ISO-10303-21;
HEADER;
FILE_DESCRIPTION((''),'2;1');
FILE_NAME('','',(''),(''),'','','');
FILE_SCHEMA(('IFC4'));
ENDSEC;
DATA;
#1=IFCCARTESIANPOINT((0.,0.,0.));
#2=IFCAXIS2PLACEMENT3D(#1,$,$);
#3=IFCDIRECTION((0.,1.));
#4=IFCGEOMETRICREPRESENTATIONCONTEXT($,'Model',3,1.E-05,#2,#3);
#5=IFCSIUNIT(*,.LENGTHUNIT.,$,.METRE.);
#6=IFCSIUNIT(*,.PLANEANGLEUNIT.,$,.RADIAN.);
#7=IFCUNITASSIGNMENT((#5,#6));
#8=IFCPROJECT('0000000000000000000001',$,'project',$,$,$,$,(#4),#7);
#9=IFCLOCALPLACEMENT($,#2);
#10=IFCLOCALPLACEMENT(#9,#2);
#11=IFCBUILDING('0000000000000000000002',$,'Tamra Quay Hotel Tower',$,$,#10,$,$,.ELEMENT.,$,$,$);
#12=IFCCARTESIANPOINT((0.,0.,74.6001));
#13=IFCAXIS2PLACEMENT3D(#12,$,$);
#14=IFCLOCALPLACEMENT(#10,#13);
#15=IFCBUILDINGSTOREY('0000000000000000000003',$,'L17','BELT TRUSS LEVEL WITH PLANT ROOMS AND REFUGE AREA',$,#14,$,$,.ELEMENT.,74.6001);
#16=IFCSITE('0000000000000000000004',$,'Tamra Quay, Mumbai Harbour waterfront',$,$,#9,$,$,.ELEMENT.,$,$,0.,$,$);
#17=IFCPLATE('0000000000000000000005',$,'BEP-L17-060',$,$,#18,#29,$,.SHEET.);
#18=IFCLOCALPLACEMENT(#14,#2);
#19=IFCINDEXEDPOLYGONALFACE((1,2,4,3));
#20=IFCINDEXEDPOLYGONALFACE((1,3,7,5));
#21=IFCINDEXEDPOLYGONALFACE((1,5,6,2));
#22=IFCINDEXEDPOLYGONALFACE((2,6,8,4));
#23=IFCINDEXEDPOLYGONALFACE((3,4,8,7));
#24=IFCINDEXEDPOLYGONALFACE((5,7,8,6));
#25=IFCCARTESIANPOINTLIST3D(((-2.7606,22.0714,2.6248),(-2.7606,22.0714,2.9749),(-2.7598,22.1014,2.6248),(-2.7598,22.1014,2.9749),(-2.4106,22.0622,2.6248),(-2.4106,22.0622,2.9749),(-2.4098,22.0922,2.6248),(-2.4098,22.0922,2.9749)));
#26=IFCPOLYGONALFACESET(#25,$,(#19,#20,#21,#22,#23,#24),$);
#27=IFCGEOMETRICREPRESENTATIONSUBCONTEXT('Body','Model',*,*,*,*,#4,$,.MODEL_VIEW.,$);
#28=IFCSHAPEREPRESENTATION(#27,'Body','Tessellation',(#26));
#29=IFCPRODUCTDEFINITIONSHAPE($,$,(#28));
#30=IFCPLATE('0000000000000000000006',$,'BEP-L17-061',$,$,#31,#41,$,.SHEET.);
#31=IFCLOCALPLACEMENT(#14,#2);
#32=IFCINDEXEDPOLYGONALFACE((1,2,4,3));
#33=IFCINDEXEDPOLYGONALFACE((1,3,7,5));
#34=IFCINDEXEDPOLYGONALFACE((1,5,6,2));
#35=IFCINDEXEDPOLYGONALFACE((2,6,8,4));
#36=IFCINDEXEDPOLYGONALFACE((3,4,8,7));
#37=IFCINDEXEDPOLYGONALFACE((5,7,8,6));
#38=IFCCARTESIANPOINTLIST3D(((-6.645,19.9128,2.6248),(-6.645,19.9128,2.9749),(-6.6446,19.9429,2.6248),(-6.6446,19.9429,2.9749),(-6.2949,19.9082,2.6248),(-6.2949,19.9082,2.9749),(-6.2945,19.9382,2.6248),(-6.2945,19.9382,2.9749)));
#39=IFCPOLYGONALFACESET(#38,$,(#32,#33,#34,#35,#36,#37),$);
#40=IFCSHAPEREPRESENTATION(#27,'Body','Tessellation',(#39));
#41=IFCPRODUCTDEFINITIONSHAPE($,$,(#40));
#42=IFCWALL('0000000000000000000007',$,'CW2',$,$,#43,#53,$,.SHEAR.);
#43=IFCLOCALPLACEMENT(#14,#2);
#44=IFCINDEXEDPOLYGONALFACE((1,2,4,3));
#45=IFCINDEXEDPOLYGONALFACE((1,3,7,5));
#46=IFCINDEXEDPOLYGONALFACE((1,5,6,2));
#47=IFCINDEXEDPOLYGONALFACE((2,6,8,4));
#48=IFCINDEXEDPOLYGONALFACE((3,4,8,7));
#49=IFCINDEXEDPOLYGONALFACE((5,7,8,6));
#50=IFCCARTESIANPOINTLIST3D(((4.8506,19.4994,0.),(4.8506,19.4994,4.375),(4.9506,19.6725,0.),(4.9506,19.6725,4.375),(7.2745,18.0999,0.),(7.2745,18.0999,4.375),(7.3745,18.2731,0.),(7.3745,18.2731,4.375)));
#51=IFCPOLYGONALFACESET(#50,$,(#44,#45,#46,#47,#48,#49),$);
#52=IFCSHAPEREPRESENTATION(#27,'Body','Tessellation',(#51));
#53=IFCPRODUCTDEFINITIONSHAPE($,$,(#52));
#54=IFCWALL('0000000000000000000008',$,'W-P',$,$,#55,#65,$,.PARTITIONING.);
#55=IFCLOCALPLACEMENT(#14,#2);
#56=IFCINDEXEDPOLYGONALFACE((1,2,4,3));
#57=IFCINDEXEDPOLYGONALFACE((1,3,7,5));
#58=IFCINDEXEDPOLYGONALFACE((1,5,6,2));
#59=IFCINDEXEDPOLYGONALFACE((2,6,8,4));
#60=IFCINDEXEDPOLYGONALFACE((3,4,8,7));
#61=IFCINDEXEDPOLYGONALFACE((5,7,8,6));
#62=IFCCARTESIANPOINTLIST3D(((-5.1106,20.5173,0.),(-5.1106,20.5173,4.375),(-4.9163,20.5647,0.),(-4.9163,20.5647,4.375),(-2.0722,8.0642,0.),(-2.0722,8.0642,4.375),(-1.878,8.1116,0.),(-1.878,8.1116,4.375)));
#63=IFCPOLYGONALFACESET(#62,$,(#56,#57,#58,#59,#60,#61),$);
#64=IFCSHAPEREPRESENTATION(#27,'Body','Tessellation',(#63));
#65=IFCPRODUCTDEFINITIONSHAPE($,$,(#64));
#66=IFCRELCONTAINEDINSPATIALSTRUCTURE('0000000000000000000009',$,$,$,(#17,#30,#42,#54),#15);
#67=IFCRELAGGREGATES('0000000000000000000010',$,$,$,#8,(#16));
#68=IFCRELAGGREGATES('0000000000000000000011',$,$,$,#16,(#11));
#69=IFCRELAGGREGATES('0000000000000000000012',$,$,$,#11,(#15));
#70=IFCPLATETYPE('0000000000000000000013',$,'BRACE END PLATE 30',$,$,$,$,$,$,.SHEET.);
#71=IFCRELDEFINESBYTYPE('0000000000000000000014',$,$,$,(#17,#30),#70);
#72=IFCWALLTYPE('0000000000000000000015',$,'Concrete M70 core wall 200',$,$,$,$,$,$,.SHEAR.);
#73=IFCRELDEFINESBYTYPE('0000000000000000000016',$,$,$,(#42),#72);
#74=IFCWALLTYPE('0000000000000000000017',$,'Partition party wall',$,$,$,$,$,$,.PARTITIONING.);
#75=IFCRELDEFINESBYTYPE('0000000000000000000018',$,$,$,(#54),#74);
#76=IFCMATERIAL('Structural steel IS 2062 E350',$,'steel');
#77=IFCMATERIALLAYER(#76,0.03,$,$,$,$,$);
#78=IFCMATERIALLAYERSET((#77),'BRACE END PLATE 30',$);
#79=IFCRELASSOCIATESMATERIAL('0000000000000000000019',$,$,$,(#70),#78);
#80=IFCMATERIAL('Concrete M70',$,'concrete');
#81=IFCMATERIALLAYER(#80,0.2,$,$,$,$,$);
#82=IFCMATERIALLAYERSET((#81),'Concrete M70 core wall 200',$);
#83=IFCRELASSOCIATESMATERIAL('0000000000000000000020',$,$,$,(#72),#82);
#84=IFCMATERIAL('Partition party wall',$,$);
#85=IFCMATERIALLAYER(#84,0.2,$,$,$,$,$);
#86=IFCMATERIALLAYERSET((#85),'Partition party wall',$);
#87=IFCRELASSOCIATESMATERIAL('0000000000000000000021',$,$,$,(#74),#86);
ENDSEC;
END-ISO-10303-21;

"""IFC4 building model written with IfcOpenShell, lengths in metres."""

from ifc_helpers import new_model, si_unit, direction, frame, frame_2d, origin, origin_2d, place, context, subcontext, project, spatial, rectangle, extrude, material, layer, layer_set, type_object, element, save


model = new_model("IFC4")

# Units and contexts
model_context = context("Model", 3, precision=1e-05, world=origin(), true_north=direction((0.0, 1.0)))
body_context = subcontext(model_context, "Body", "Model", "MODEL_VIEW")
ifc_project = project(units=[si_unit("LENGTHUNIT", "METRE"), si_unit("PLANEANGLEUNIT", "RADIAN")], contexts=[model_context])

# Site, building, storey
site_placement = place(None, origin())
site = spatial("IfcSite", under=ifc_project, at=site_placement, Name="Tamra Quay, Mumbai Harbour waterfront", CompositionType="ELEMENT", RefElevation=0.0)
building_placement = place(site_placement, origin())
building = spatial("IfcBuilding", under=site, at=building_placement, Name="Tamra Quay Hotel Tower", CompositionType="ELEMENT")
storey_placement = place(building_placement, frame((0.0, 0.0, 74.6001)))
storey = spatial("IfcBuildingStorey", under=building, at=storey_placement, Name="L17", Description="BELT TRUSS LEVEL WITH PLANT ROOMS AND REFUGE AREA", CompositionType="ELEMENT", Elevation=74.6001)

# Shared definitions
ifc_material_1 = material(Name="Structural steel IS 2062 E350", Category="steel")

# Plates
ifc_layer_1 = layer(ifc_material_1, 0.03)
ifc_layer_set_1 = layer_set([ifc_layer_1], Name="BRACE END PLATE 30")
plate_type = type_object("IfcPlateType", Name="BRACE END PLATE 30", PredefinedType="SHEET", material=ifc_layer_set_1)
for number, where, z_axis, x_axis, name in (
    (1, (-2.5852, 22.0818, 2.6248), (0.0, 0.0, 1.0), (0.026259, 0.999655, 0.0), "BEP-L17-060"),
    (2, (-6.4697, 19.9255, 2.6248), (0.0, 0.0, 1.0), (0.013149, 0.999914, 0.0), "BEP-L17-061"),
):
    element("IfcPlate", number, at=place(storey_placement, frame(where, z_axis=z_axis, x_axis=x_axis)), inside=storey, type_object=plate_type, Name=name, PredefinedType="SHEET", context=body_context, shape_type="SweptSolid", body=[
        extrude(rectangle(XDim=0.03, YDim=0.3501, at=origin_2d()), origin(), (0.0, 0.0, 1.0), 0.3501),
    ])

# Walls
ifc_material_2 = material(Name="Concrete M70", Category="concrete")
ifc_layer_2 = layer(ifc_material_2, 0.2)
ifc_layer_set_2 = layer_set([ifc_layer_2], Name="Concrete M70 core wall 200")
wall_type_1 = type_object("IfcWallType", Name="Concrete M70 core wall 200", PredefinedType="SHEAR", material=ifc_layer_set_2)
wall_1_placement = place(storey_placement, frame((4.9006, 19.5859, 0.0), z_axis=(0.0, 0.0, 1.0), x_axis=(0.866023, -0.500004, 0.0)))
element("IfcWall", 3, at=wall_1_placement, inside=storey, type_object=wall_type_1, Name="CW2", PredefinedType="SHEAR", context=body_context, shape_type="SweptSolid", body=[
    extrude(rectangle(XDim=2.7988, YDim=0.2, at=frame_2d((1.3994, 0.0))), origin(), (0.0, 0.0, 1.0), 4.375),
])
ifc_material_3 = material(Name="Partition party wall")
ifc_layer_3 = layer(ifc_material_3, 0.2)
ifc_layer_set_3 = layer_set([ifc_layer_3], Name="Partition party wall")
wall_type_2 = type_object("IfcWallType", Name="Partition party wall", PredefinedType="PARTITIONING", material=ifc_layer_set_3)
wall_2_placement = place(storey_placement, frame((-5.0134, 20.541, 0.0), z_axis=(0.0, 0.0, 1.0), x_axis=(0.237029, -0.971503, 0.0)))
element("IfcWall", 4, at=wall_2_placement, inside=storey, type_object=wall_type_2, Name="W-P", PredefinedType="PARTITIONING", context=body_context, shape_type="SweptSolid", body=[
    extrude(rectangle(XDim=12.8184, YDim=0.2, at=frame_2d((6.4092, 0.0))), origin(), (0.0, 0.0, 1.0), 4.375),
])

save(model, "model.ifc")
